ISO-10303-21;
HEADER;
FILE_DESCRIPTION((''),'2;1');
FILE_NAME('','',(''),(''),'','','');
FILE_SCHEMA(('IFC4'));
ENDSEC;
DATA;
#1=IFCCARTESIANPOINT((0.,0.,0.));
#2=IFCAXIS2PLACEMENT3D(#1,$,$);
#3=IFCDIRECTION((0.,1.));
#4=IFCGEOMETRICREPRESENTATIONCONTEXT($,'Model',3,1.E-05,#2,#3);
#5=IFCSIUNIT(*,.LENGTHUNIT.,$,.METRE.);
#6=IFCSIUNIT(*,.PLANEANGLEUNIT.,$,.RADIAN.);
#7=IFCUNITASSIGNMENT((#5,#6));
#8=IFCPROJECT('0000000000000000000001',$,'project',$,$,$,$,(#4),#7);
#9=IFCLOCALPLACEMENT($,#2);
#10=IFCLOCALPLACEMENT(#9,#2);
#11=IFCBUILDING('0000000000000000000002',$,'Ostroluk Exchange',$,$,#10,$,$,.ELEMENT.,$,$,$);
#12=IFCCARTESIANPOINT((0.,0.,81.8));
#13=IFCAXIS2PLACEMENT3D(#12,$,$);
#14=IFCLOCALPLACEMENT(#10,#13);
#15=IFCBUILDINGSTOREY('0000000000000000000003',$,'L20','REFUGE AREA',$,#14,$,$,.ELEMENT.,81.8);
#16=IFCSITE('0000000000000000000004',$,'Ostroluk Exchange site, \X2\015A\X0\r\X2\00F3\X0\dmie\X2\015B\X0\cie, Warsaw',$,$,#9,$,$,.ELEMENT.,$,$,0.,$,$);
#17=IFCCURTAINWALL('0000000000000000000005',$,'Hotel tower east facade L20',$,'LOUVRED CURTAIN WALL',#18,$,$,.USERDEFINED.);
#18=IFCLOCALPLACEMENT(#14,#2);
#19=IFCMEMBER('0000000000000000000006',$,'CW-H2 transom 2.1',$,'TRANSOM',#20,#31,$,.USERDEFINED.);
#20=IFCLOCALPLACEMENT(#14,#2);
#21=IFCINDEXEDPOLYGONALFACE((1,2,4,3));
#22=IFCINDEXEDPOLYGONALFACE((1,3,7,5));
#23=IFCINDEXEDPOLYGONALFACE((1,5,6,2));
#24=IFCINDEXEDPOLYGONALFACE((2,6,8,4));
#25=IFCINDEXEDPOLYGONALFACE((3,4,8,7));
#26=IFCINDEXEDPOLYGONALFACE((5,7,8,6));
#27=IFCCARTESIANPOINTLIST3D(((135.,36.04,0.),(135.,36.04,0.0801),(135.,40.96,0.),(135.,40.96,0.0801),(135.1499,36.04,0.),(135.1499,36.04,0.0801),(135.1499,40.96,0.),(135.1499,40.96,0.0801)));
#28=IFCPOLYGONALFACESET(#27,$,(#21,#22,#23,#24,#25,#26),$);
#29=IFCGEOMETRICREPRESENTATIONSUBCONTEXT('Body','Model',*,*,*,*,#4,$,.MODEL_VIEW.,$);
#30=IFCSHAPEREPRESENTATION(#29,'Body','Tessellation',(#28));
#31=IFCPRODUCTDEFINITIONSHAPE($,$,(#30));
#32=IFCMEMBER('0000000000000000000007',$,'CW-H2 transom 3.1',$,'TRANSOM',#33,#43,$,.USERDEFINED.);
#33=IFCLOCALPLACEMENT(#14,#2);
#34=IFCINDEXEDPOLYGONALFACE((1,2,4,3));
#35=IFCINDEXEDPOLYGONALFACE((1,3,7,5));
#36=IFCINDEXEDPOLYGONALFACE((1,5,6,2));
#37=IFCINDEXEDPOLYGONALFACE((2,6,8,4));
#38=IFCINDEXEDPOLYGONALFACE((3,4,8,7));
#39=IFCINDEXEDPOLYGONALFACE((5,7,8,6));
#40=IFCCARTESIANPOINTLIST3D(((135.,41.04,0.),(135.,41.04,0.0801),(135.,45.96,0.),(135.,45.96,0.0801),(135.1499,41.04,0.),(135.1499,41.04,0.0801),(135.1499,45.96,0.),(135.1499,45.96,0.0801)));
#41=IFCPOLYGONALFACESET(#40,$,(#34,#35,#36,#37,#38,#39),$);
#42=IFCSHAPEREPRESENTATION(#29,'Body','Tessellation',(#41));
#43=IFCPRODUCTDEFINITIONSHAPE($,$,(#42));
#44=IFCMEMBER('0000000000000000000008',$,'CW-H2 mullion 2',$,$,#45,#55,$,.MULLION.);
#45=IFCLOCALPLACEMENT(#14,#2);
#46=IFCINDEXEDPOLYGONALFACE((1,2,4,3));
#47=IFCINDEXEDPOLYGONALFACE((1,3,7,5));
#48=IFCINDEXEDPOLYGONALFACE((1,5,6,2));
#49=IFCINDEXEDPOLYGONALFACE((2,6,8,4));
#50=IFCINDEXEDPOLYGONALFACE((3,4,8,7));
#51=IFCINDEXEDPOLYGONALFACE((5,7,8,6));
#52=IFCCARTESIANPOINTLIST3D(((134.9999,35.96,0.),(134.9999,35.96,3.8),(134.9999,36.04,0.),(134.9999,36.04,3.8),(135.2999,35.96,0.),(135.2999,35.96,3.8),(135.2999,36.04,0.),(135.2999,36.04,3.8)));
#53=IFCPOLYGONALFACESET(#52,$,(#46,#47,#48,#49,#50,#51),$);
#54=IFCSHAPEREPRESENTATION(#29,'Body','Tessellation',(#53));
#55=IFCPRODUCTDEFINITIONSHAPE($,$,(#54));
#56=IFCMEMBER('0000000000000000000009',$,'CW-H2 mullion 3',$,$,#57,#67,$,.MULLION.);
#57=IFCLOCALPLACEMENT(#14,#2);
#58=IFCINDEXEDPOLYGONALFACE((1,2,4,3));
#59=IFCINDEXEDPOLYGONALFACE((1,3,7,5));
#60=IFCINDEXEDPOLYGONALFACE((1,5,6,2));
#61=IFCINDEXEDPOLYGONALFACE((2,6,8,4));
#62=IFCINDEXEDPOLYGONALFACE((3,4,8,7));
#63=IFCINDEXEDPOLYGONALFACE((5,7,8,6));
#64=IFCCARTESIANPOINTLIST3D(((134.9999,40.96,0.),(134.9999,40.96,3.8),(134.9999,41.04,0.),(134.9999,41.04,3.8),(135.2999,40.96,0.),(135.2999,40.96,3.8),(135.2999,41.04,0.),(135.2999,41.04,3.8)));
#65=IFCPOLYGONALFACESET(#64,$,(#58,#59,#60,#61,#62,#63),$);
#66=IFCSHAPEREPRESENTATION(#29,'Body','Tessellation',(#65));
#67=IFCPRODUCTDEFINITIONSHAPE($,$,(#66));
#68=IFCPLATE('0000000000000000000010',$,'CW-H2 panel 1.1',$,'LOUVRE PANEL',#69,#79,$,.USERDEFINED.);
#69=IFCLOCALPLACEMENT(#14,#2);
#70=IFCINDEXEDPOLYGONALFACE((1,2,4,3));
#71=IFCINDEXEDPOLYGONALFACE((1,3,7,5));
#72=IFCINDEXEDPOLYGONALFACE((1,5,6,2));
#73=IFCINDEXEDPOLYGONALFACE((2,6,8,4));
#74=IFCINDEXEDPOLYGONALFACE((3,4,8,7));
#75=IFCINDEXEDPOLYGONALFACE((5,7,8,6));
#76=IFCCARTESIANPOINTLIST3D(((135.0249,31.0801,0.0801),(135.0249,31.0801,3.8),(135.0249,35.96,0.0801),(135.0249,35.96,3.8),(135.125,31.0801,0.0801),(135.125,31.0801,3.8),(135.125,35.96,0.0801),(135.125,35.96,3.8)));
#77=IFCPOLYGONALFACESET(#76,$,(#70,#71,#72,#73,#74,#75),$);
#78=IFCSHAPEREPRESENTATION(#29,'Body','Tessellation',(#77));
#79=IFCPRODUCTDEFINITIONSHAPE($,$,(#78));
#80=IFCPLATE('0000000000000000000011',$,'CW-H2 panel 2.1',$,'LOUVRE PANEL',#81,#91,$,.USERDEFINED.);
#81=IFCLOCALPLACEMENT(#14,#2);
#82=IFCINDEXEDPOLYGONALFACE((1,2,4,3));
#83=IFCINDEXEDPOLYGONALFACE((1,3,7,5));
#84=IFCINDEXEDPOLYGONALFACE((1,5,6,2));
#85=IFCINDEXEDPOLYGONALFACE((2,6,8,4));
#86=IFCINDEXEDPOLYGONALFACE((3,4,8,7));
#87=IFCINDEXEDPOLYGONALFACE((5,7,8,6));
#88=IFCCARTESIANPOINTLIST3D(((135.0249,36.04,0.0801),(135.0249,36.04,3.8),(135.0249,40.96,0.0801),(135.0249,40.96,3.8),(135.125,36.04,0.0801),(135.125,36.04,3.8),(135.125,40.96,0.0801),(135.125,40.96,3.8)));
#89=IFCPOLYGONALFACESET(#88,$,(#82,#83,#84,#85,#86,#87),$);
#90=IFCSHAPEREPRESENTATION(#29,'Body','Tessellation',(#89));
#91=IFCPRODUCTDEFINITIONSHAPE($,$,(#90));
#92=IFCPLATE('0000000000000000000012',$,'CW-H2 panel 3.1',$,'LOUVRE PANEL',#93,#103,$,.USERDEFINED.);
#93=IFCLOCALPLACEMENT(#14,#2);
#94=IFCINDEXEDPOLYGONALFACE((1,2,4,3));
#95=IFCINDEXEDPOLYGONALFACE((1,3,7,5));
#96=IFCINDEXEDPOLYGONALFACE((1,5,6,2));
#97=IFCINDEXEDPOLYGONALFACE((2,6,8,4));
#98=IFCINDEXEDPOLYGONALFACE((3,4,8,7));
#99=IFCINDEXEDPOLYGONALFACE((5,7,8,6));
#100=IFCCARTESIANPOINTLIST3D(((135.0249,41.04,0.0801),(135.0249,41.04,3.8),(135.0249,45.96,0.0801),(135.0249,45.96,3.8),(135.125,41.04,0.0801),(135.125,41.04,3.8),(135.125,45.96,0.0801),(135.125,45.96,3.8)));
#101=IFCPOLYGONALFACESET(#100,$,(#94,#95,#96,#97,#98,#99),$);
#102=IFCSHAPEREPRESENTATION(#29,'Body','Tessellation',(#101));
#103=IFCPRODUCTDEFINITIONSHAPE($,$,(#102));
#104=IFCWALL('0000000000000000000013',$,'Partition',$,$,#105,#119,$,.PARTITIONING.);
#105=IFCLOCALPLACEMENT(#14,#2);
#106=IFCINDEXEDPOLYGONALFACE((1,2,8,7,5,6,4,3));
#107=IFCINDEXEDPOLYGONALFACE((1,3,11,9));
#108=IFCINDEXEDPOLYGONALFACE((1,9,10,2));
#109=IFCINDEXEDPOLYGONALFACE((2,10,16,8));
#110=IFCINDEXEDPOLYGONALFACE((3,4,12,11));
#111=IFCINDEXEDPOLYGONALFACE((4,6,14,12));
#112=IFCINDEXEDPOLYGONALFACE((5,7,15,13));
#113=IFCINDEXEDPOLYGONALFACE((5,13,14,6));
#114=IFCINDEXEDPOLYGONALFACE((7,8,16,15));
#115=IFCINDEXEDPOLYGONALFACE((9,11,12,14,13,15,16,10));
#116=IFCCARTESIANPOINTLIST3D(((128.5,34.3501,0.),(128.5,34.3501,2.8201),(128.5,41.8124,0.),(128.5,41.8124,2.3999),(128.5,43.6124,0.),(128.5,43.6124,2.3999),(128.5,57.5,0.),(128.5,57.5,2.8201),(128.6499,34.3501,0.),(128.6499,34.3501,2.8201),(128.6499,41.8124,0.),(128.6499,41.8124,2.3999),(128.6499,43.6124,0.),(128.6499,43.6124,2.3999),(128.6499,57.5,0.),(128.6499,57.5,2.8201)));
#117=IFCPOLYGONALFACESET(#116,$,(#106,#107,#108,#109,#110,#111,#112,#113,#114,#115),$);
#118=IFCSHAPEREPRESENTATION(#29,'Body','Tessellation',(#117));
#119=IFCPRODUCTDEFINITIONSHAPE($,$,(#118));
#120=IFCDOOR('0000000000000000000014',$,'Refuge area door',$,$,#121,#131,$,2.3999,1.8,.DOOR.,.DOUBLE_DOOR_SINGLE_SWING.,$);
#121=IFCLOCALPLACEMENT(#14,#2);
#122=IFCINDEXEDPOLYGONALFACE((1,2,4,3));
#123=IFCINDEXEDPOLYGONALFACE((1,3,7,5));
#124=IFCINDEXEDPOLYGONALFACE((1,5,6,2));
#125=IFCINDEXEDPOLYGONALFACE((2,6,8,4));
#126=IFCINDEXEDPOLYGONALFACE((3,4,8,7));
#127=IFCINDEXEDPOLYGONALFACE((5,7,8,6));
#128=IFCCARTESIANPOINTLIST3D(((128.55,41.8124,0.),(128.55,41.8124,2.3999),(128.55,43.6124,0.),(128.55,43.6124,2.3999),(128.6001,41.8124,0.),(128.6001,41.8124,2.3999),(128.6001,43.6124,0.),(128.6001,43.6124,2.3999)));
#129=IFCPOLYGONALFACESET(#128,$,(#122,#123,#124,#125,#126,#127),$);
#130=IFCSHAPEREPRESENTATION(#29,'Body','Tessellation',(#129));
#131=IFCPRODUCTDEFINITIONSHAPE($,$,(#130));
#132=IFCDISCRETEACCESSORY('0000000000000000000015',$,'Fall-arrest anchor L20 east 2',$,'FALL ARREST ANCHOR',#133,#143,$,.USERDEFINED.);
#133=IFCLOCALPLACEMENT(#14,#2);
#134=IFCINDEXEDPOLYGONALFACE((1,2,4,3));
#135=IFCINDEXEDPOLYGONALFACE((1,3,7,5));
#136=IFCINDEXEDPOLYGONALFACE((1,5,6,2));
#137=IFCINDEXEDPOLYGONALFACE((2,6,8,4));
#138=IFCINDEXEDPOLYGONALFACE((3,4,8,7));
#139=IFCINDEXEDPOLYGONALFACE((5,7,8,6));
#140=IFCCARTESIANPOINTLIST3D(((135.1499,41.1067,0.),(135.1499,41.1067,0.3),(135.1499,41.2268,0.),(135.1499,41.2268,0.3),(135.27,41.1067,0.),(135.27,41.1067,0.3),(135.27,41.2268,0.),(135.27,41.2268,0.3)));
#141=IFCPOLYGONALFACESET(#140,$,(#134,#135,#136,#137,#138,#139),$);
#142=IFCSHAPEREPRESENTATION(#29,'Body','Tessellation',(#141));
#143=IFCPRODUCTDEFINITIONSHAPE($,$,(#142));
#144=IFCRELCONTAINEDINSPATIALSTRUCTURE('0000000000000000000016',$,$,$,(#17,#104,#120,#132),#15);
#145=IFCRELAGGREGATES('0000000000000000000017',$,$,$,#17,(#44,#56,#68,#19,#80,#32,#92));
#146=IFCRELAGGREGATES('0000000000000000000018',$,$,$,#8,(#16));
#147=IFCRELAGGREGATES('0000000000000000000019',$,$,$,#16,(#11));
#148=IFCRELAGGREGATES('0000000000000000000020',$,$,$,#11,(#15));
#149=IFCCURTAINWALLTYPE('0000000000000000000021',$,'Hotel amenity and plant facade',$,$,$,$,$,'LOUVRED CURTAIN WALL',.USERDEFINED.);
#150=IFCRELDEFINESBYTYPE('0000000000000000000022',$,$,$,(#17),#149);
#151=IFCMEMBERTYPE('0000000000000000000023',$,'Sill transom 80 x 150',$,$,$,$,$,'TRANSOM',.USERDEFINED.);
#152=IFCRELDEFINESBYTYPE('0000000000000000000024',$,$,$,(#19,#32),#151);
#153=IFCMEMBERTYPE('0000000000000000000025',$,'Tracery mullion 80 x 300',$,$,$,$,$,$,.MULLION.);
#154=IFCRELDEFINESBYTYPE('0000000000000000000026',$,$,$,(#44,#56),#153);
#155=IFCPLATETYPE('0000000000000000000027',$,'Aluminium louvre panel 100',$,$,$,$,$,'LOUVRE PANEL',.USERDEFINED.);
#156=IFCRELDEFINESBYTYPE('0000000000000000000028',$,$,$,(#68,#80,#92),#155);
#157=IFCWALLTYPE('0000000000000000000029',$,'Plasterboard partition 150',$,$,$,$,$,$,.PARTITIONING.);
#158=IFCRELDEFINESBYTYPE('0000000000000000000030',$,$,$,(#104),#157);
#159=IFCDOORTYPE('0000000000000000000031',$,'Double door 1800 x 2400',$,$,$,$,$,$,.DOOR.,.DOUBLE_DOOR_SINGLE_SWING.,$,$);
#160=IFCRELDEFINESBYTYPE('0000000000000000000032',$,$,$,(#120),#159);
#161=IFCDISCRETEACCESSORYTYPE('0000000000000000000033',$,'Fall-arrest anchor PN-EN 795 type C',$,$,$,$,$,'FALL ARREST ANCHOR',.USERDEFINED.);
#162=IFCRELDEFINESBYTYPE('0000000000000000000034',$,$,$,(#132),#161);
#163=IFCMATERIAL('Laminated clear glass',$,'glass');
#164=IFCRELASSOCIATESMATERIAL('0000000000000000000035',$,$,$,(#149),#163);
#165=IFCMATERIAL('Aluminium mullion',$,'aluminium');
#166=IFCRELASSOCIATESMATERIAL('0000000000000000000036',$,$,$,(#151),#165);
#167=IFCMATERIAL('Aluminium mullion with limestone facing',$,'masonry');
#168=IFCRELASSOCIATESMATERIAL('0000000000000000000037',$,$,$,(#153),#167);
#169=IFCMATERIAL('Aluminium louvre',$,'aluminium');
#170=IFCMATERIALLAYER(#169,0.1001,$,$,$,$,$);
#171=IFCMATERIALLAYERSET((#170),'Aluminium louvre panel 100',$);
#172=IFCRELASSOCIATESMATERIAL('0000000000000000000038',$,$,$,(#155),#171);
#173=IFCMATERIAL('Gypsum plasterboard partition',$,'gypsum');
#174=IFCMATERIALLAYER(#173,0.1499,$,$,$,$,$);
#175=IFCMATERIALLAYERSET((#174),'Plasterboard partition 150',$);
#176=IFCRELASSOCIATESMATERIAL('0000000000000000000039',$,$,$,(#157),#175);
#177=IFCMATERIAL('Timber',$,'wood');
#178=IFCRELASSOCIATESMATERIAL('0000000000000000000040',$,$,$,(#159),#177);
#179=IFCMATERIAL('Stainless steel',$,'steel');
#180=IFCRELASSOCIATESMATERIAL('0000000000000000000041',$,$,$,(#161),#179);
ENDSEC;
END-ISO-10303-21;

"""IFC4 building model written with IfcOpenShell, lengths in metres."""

from ifc_helpers import new_model, si_unit, direction, frame, frame_2d, origin, origin_2d, place, context, subcontext, project, spatial, rectangle, extrude, material, layer, layer_set, material_profile, profile_set, type_object, element, fill, aggregate, save


model = new_model("IFC4")

# Units and contexts
model_context = context("Model", 3, precision=1e-05, world=origin(), true_north=direction((0.0, 1.0)))
body_context = subcontext(model_context, "Body", "Model", "MODEL_VIEW")
ifc_project = project(units=[si_unit("LENGTHUNIT", "METRE"), si_unit("PLANEANGLEUNIT", "RADIAN")], contexts=[model_context])

# Site, building, storey
site_placement = place(None, origin())
site = spatial("IfcSite", under=ifc_project, at=site_placement, Name="Ostroluk Exchange site, Śródmieście, Warsaw", CompositionType="ELEMENT", RefElevation=0.0)
building_placement = place(site_placement, origin())
building = spatial("IfcBuilding", under=site, at=building_placement, Name="Ostroluk Exchange", CompositionType="ELEMENT")
storey_placement = place(building_placement, frame((0.0, 0.0, 81.8)))
storey = spatial("IfcBuildingStorey", under=building, at=storey_placement, Name="L20", Description="REFUGE AREA", CompositionType="ELEMENT", Elevation=81.8)

# Curtain wall, members, plates
ifc_material_1 = material(Name="Laminated clear glass", Category="glass")
curtain_wall_type = type_object("IfcCurtainWallType", Name="Hotel amenity and plant facade", ElementType="LOUVRED CURTAIN WALL", PredefinedType="USERDEFINED", material=ifc_material_1)
curtain_wall_placement = place(storey_placement, origin())
curtain_wall = element("IfcCurtainWall", 1, at=curtain_wall_placement, inside=storey, type_object=curtain_wall_type, Name="Hotel tower east facade L20", ObjectType="LOUVRED CURTAIN WALL", PredefinedType="USERDEFINED")
ifc_material_2 = material(Name="Aluminium mullion", Category="aluminium")
ifc_material_profile_1 = material_profile(ifc_material_2, rectangle(XDim=0.1499, YDim=0.0801, at=origin_2d()), Name="Sill transom 80 x 150")
ifc_profile_set_1 = profile_set([ifc_material_profile_1], Name="Aluminium mullion")
member_type_1 = type_object("IfcMemberType", Name="Sill transom 80 x 150", ElementType="TRANSOM", PredefinedType="USERDEFINED", material=ifc_profile_set_1)
member_1_placement = place(storey_placement, frame((135.075, 36.04, 0.04), z_axis=(0.0, 1.0, 0.0), x_axis=(-1.0, 0.0, 0.0)))
member_1 = element("IfcMember", 2, at=member_1_placement, type_object=member_type_1, Name="CW-H2 transom 2.1", ObjectType="TRANSOM", PredefinedType="USERDEFINED", context=body_context, shape_type="SweptSolid", body=[
    extrude(rectangle(XDim=0.1499, YDim=0.0801, at=origin_2d()), origin(), (0.0, 0.0, 1.0), 4.9199),
])
member_2_placement = place(storey_placement, frame((135.075, 41.04, 0.04), z_axis=(0.0, 1.0, 0.0), x_axis=(-1.0, 0.0, 0.0)))
member_2 = element("IfcMember", 3, at=member_2_placement, type_object=member_type_1, Name="CW-H2 transom 3.1", ObjectType="TRANSOM", PredefinedType="USERDEFINED", context=body_context, shape_type="SweptSolid", body=[
    extrude(rectangle(XDim=0.1499, YDim=0.0801, at=origin_2d()), origin(), (0.0, 0.0, 1.0), 4.9199),
])
ifc_material_3 = material(Name="Aluminium mullion with limestone facing", Category="masonry")
ifc_material_profile_2 = material_profile(ifc_material_3, rectangle(XDim=0.3, YDim=0.0801, at=origin_2d()), Name="Tracery mullion 80 x 300")
ifc_profile_set_2 = profile_set([ifc_material_profile_2], Name="Aluminium mullion with limestone facing")
member_type_2 = type_object("IfcMemberType", Name="Tracery mullion 80 x 300", PredefinedType="MULLION", material=ifc_profile_set_2)
member_3_placement = place(storey_placement, frame((135.1499, 36.0, 0.0), z_axis=(0.0, 0.0, 1.0), x_axis=(-1.0, 0.0, 0.0)))
member_3 = element("IfcMember", 4, at=member_3_placement, type_object=member_type_2, Name="CW-H2 mullion 2", PredefinedType="MULLION", context=body_context, shape_type="SweptSolid", body=[
    extrude(rectangle(XDim=0.3, YDim=0.0801, at=origin_2d()), origin(), (0.0, 0.0, 1.0), 3.8),
])
member_4_placement = place(storey_placement, frame((135.1499, 41.0, 0.0), z_axis=(0.0, 0.0, 1.0), x_axis=(-1.0, 0.0, 0.0)))
member_4 = element("IfcMember", 5, at=member_4_placement, type_object=member_type_2, Name="CW-H2 mullion 3", PredefinedType="MULLION", context=body_context, shape_type="SweptSolid", body=[
    extrude(rectangle(XDim=0.3, YDim=0.0801, at=origin_2d()), origin(), (0.0, 0.0, 1.0), 3.8),
])
ifc_material_4 = material(Name="Aluminium louvre", Category="aluminium")
ifc_layer_1 = layer(ifc_material_4, 0.1001)
ifc_layer_set_1 = layer_set([ifc_layer_1], Name="Aluminium louvre panel 100")
plate_type = type_object("IfcPlateType", Name="Aluminium louvre panel 100", ElementType="LOUVRE PANEL", PredefinedType="USERDEFINED", material=ifc_layer_set_1)
plate_1_placement = place(storey_placement, frame((135.075, 33.52, 0.0801), z_axis=(0.0, 0.0, 1.0), x_axis=(0.0, 1.0, 0.0)))
plate_1 = element("IfcPlate", 6, at=plate_1_placement, type_object=plate_type, Name="CW-H2 panel 1.1", ObjectType="LOUVRE PANEL", PredefinedType="USERDEFINED", context=body_context, shape_type="SweptSolid", body=[
    extrude(rectangle(XDim=4.8799, YDim=0.1001, at=origin_2d()), origin(), (0.0, 0.0, 1.0), 3.72),
])
plate_2_placement = place(storey_placement, frame((135.075, 38.5, 0.0801), z_axis=(0.0, 0.0, 1.0), x_axis=(0.0, 1.0, 0.0)))
plate_2 = element("IfcPlate", 7, at=plate_2_placement, type_object=plate_type, Name="CW-H2 panel 2.1", ObjectType="LOUVRE PANEL", PredefinedType="USERDEFINED", context=body_context, shape_type="SweptSolid", body=[
    extrude(rectangle(XDim=4.9199, YDim=0.1001, at=origin_2d()), origin(), (0.0, 0.0, 1.0), 3.72),
])
plate_3_placement = place(storey_placement, frame((135.075, 43.5, 0.0801), z_axis=(0.0, 0.0, 1.0), x_axis=(0.0, 1.0, 0.0)))
plate_3 = element("IfcPlate", 8, at=plate_3_placement, type_object=plate_type, Name="CW-H2 panel 3.1", ObjectType="LOUVRE PANEL", PredefinedType="USERDEFINED", context=body_context, shape_type="SweptSolid", body=[
    extrude(rectangle(XDim=4.9199, YDim=0.1001, at=origin_2d()), origin(), (0.0, 0.0, 1.0), 3.72),
])
aggregate(curtain_wall, [member_3, member_4, plate_1, member_1, plate_2, member_2, plate_3])

# Wall, opening, door
ifc_material_5 = material(Name="Gypsum plasterboard partition", Category="gypsum")
ifc_layer_2 = layer(ifc_material_5, 0.1499)
ifc_layer_set_2 = layer_set([ifc_layer_2], Name="Plasterboard partition 150")
wall_type_1 = type_object("IfcWallType", Name="Plasterboard partition 150", PredefinedType="PARTITIONING", material=ifc_layer_set_2)
wall_1_placement = place(storey_placement, frame((128.575, 34.3501, 0.0), z_axis=(0.0, 0.0, 1.0), x_axis=(0.0, 1.0, 0.0)))
wall_1 = element("IfcWall", 9, at=wall_1_placement, inside=storey, type_object=wall_type_1, Name="Partition", PredefinedType="PARTITIONING", context=body_context, shape_type="SweptSolid", body=[
    extrude(rectangle(XDim=23.1499, YDim=0.1499, at=frame_2d((11.575, 0.0))), origin(), (0.0, 0.0, 1.0), 2.8201),
])
opening_1_placement = place(wall_1_placement, frame((7.4624, 0.0, 0.0)))
opening_1 = element("IfcOpeningElement", 10, at=opening_1_placement, cuts=wall_1, PredefinedType="OPENING", context=body_context, shape_type="SweptSolid", body=[
    extrude(rectangle(XDim=1.8, YDim=2.3999, at=frame_2d((0.8999, 1.2))), frame((0.0, 0.085, 0.0), z_axis=(0.0, -1.0, 0.0), x_axis=(1.0, 0.0, 0.0)), (0.0, 0.0, 1.0), 0.1699),
])
ifc_material_6 = material(Name="Timber", Category="wood")
door_type_1 = type_object("IfcDoorType", Name="Double door 1800 x 2400", OperationType="DOUBLE_DOOR_SINGLE_SWING", PredefinedType="DOOR", material=ifc_material_6)
door_1_placement = place(opening_1_placement, origin())
door_1 = element("IfcDoor", 11, at=door_1_placement, inside=storey, type_object=door_type_1, Name="Refuge area door", OperationType="DOUBLE_DOOR_SINGLE_SWING", OverallHeight=2.3999, OverallWidth=1.8, PredefinedType="DOOR", context=body_context, shape_type="SweptSolid", body=[
    extrude(rectangle(XDim=1.8, YDim=2.3999, at=frame_2d((0.8999, 1.2))), frame((0.0, 0.0249, 0.0), z_axis=(0.0, -1.0, 0.0), x_axis=(1.0, 0.0, 0.0)), (0.0, 0.0, 1.0), 0.05),
])
fill(opening_1, door_1)

# Discrete accessory
ifc_material_7 = material(Name="Stainless steel", Category="steel")
discrete_accessory_type = type_object("IfcDiscreteAccessoryType", Name="Fall-arrest anchor PN-EN 795 type C", ElementType="FALL ARREST ANCHOR", PredefinedType="USERDEFINED", material=ifc_material_7)
discrete_accessory_placement = place(storey_placement, frame((135.21, 41.1667, 0.0), z_axis=(0.0, 0.0, 1.0), x_axis=(1.0, 0.0, 0.0)))
element("IfcDiscreteAccessory", 12, at=discrete_accessory_placement, inside=storey, type_object=discrete_accessory_type, Name="Fall-arrest anchor L20 east 2", ObjectType="FALL ARREST ANCHOR", PredefinedType="USERDEFINED", context=body_context, shape_type="SweptSolid", body=[
    extrude(rectangle(XDim=0.1201, YDim=0.1201, at=origin_2d()), origin(), (0.0, 0.0, 1.0), 0.3),
])

save(model, "model.ifc")
